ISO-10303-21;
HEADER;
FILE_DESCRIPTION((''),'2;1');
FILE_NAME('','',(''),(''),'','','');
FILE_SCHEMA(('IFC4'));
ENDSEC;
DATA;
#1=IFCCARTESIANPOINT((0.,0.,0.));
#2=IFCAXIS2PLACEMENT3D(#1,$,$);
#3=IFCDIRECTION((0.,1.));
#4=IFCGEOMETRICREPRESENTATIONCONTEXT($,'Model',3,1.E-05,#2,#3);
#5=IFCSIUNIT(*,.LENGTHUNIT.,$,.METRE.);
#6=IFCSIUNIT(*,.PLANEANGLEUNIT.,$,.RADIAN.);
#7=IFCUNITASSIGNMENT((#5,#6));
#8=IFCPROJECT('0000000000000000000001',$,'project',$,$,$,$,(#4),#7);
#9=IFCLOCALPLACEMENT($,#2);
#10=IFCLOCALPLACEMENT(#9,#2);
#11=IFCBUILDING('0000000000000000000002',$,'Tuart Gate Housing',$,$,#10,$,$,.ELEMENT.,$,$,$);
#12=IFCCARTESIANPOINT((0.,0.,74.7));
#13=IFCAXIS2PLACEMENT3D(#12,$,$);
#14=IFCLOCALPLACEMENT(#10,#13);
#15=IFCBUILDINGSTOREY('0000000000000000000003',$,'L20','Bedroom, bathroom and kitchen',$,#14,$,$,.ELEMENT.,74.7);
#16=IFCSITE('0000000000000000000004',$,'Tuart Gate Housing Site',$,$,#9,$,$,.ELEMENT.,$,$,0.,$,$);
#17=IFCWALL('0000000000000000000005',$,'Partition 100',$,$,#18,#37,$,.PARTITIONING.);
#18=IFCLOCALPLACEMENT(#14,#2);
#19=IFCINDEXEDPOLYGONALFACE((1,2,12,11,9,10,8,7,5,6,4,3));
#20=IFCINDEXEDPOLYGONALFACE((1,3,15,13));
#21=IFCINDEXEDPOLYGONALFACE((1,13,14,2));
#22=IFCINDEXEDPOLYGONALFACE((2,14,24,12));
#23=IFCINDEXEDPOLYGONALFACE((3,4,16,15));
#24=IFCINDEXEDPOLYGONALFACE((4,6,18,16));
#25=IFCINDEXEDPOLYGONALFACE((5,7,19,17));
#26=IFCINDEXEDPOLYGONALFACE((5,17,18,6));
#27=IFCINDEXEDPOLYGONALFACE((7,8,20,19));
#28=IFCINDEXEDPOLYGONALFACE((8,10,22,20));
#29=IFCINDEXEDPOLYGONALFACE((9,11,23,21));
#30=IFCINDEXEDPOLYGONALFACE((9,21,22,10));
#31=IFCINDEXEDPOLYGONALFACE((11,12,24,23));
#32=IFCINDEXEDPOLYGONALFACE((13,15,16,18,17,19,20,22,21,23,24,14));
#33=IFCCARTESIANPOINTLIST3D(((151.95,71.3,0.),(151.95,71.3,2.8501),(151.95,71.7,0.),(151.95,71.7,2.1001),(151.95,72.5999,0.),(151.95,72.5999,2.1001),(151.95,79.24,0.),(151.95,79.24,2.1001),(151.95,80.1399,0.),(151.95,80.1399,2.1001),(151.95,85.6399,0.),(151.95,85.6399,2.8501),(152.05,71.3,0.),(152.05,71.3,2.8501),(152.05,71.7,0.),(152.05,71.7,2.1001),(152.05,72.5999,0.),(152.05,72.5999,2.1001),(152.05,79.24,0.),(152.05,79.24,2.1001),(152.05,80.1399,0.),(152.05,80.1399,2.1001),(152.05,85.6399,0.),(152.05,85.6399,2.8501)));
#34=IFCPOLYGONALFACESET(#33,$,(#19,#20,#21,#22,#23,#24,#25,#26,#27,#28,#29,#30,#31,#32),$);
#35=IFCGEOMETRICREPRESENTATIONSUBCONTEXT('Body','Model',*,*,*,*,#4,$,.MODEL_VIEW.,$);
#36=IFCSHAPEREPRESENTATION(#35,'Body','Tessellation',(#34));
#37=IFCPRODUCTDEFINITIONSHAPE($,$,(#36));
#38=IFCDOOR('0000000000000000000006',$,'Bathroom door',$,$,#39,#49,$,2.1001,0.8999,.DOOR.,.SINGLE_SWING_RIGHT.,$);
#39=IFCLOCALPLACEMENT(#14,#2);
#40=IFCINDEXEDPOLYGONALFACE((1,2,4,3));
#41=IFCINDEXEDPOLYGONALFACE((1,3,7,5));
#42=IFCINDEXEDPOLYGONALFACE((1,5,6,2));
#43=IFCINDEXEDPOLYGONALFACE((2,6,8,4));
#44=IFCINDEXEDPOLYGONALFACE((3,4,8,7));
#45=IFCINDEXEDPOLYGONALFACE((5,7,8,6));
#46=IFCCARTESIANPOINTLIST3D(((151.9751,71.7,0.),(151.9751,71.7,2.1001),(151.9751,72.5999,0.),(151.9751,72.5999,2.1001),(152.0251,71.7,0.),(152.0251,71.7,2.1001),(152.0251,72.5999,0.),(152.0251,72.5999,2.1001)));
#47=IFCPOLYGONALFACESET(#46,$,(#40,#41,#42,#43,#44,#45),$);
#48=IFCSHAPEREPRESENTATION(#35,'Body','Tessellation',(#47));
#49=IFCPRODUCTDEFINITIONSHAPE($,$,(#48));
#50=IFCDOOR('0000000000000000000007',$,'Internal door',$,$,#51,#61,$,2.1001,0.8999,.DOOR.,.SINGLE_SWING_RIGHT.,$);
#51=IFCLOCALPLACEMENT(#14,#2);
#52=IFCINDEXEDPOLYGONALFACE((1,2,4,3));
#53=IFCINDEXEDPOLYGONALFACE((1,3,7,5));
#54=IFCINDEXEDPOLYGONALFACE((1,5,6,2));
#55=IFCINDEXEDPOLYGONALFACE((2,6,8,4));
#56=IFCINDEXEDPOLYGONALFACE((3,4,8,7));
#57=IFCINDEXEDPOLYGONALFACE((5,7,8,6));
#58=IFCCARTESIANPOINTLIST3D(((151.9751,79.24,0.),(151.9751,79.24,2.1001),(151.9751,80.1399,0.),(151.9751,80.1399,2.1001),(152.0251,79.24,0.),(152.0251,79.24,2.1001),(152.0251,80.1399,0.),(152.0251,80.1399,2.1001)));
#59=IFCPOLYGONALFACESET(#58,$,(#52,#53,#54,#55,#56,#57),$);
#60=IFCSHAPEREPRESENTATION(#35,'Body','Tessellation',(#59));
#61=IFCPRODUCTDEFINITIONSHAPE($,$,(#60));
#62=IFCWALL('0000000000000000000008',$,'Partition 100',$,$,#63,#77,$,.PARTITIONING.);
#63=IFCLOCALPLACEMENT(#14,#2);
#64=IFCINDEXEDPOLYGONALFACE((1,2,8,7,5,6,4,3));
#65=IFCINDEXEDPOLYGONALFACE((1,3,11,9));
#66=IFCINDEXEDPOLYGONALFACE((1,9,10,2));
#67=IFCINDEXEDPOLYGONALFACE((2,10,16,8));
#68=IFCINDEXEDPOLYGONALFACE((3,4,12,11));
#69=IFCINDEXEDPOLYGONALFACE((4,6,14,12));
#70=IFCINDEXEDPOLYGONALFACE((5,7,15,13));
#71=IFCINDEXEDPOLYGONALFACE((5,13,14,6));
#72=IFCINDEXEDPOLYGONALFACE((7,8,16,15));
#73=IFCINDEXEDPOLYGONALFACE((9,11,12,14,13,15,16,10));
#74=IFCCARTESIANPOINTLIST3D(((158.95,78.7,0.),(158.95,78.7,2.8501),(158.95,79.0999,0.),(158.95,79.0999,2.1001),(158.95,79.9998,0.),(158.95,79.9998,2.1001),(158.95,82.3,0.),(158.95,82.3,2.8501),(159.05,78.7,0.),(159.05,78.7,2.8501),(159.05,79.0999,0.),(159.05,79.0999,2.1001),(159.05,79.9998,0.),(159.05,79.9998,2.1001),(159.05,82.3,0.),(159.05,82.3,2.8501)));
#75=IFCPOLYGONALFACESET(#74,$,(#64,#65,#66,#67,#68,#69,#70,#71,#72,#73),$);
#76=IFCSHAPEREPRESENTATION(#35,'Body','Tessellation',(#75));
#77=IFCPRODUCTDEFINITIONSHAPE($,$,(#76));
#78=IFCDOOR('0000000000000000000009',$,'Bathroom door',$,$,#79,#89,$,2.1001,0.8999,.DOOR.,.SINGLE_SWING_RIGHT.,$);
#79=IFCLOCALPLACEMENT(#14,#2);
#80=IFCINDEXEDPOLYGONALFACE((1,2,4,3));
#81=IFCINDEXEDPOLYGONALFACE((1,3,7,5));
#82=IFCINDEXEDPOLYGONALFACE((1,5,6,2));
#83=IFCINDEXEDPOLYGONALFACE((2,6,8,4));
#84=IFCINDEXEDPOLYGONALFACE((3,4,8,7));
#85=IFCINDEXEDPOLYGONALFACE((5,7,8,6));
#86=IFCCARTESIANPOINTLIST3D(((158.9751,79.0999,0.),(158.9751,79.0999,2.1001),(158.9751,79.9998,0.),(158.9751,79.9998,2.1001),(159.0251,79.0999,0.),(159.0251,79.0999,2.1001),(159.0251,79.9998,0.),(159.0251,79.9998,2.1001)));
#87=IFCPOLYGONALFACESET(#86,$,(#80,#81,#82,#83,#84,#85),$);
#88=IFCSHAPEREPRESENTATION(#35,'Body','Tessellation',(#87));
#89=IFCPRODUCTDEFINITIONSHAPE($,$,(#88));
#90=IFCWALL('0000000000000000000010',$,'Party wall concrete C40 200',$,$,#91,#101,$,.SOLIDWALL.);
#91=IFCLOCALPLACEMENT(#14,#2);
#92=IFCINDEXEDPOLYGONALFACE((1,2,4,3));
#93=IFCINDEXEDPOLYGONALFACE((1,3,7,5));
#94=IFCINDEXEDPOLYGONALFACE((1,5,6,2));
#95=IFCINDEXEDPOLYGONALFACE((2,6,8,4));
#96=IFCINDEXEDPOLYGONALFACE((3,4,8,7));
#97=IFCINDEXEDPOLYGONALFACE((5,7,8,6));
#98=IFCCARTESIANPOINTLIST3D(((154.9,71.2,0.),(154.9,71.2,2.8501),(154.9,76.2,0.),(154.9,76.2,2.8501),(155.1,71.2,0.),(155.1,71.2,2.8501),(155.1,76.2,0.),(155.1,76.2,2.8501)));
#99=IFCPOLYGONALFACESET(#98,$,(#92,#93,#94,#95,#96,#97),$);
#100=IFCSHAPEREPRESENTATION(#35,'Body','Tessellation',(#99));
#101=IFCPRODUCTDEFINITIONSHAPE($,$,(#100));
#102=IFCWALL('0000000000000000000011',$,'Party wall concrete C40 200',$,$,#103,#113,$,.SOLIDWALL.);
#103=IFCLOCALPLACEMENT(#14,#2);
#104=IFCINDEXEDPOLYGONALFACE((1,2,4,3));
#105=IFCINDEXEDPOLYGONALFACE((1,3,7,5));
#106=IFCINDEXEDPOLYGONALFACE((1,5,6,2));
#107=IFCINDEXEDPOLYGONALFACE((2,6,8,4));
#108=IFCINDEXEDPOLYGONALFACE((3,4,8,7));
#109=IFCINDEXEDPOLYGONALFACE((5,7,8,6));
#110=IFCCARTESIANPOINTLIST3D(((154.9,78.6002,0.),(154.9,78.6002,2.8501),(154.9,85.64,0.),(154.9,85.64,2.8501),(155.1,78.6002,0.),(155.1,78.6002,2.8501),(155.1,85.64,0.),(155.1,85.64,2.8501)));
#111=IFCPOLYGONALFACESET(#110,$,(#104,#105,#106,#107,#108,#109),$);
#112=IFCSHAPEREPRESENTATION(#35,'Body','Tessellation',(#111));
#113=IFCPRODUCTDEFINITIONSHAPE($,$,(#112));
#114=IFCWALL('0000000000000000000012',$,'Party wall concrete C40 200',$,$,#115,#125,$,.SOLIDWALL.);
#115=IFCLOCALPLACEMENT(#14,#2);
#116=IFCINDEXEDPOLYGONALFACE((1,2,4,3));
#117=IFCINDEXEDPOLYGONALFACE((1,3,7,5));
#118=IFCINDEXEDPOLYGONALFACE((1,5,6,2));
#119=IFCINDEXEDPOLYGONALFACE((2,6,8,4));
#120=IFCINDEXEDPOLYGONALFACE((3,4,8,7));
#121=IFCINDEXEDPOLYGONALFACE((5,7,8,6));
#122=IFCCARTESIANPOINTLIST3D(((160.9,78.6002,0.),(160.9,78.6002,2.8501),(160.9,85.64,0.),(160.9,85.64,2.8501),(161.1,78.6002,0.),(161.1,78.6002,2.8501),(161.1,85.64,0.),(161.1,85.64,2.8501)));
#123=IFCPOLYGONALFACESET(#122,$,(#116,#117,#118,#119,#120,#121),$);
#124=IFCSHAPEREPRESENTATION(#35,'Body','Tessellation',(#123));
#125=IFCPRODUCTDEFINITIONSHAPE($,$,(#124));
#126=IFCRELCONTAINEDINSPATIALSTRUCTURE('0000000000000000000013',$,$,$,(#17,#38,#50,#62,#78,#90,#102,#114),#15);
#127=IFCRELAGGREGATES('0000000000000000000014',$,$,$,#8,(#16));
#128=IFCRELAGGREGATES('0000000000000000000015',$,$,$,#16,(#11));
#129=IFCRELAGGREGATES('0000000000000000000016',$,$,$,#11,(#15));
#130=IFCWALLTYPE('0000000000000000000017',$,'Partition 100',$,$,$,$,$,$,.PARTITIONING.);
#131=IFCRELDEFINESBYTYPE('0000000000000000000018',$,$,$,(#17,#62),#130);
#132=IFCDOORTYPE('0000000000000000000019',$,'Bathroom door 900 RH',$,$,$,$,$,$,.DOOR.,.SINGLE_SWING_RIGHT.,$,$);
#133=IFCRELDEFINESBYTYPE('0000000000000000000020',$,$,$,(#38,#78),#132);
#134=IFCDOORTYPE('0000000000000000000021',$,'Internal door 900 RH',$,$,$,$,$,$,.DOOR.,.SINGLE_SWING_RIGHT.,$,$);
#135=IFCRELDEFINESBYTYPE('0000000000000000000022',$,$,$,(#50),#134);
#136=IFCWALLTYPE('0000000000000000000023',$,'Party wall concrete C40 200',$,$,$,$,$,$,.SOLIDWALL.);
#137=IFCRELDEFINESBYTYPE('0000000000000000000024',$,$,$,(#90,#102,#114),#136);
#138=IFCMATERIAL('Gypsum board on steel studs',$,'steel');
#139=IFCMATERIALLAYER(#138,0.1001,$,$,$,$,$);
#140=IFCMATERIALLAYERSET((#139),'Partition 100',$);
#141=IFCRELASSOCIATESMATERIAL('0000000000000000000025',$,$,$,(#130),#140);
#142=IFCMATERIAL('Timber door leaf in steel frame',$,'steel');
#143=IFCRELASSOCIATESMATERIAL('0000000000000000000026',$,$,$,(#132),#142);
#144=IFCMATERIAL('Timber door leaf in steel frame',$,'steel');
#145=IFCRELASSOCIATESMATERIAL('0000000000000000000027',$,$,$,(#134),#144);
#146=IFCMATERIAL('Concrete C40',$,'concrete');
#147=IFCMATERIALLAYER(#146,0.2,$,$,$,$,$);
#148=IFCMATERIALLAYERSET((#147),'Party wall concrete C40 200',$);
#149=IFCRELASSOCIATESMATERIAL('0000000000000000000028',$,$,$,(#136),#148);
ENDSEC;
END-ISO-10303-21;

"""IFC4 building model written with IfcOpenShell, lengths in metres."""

from ifc_helpers import new_model, si_unit, direction, frame, frame_2d, origin, place, context, subcontext, project, spatial, rectangle, extrude, material, layer, layer_set, type_object, element, fill, save


model = new_model("IFC4")

# Units and contexts
model_context = context("Model", 3, precision=1e-05, world=origin(), true_north=direction((0.0, 1.0)))
body_context = subcontext(model_context, "Body", "Model", "MODEL_VIEW")
ifc_project = project(units=[si_unit("LENGTHUNIT", "METRE"), si_unit("PLANEANGLEUNIT", "RADIAN")], contexts=[model_context])

# Site, building, storey
site_placement = place(None, origin())
site = spatial("IfcSite", under=ifc_project, at=site_placement, Name="Tuart Gate Housing Site", CompositionType="ELEMENT", RefElevation=0.0)
building_placement = place(site_placement, origin())
building = spatial("IfcBuilding", under=site, at=building_placement, Name="Tuart Gate Housing", CompositionType="ELEMENT")
storey_placement = place(building_placement, frame((0.0, 0.0, 74.7)))
storey = spatial("IfcBuildingStorey", under=building, at=storey_placement, Name="L20", Description="Bedroom, bathroom and kitchen", CompositionType="ELEMENT", Elevation=74.7)

# Shared definitions
ifc_material_1 = material(Name="Gypsum board on steel studs", Category="steel")
ifc_layer_1 = layer(ifc_material_1, 0.1001)
ifc_layer_set_1 = layer_set([ifc_layer_1], Name="Partition 100")
wall_type_1 = type_object("IfcWallType", Name="Partition 100", PredefinedType="PARTITIONING", material=ifc_layer_set_1)

# Wall, openings, doors
wall_1_placement = place(storey_placement, frame((152.0, 71.3, 0.0), z_axis=(0.0, 0.0, 1.0), x_axis=(0.0, 1.0, 0.0)))
wall_1 = element("IfcWall", 1, at=wall_1_placement, inside=storey, type_object=wall_type_1, Name="Partition 100", PredefinedType="PARTITIONING", context=body_context, shape_type="SweptSolid", body=[
    extrude(rectangle(XDim=14.3398, YDim=0.1001, at=frame_2d((7.1699, 0.0))), origin(), (0.0, 0.0, 1.0), 2.8501),
])
opening_1_placement = place(wall_1_placement, frame((7.9399, 0.0, 0.0)))
opening_1 = element("IfcOpeningElement", 2, at=opening_1_placement, cuts=wall_1, PredefinedType="OPENING", context=body_context, shape_type="SweptSolid", body=[
    extrude(rectangle(XDim=0.8999, YDim=2.1001, at=frame_2d((0.45, 1.05))), frame((0.0, 0.0601, 0.0), z_axis=(0.0, -1.0, 0.0), x_axis=(1.0, 0.0, 0.0)), (0.0, 0.0, 1.0), 0.1201),
])
opening_2_placement = place(wall_1_placement, frame((0.3999, 0.0, 0.0)))
opening_2 = element("IfcOpeningElement", 3, at=opening_2_placement, cuts=wall_1, PredefinedType="OPENING", context=body_context, shape_type="SweptSolid", body=[
    extrude(rectangle(XDim=0.8999, YDim=2.1001, at=frame_2d((0.45, 1.05))), frame((0.0, 0.0601, 0.0), z_axis=(0.0, -1.0, 0.0), x_axis=(1.0, 0.0, 0.0)), (0.0, 0.0, 1.0), 0.1201),
])
ifc_material_2 = material(Name="Timber door leaf in steel frame", Category="steel")
door_type_1 = type_object("IfcDoorType", Name="Bathroom door 900 RH", OperationType="SINGLE_SWING_RIGHT", PredefinedType="DOOR", material=ifc_material_2)
door_1_placement = place(opening_2_placement, frame((0.8999, 0.0, 0.0), z_axis=(0.0, 0.0, 1.0), x_axis=(-1.0, 0.0, 0.0)))
door_1 = element("IfcDoor", 4, at=door_1_placement, inside=storey, type_object=door_type_1, Name="Bathroom door", OperationType="SINGLE_SWING_RIGHT", OverallHeight=2.1001, OverallWidth=0.8999, PredefinedType="DOOR", context=body_context, shape_type="SweptSolid", body=[
    extrude(rectangle(XDim=0.8999, YDim=2.1001, at=frame_2d((0.45, 1.05))), frame((0.0, 0.0251, 0.0), z_axis=(0.0, -1.0, 0.0), x_axis=(1.0, 0.0, 0.0)), (0.0, 0.0, 1.0), 0.05),
])
fill(opening_2, door_1)
ifc_material_3 = material(Name="Timber door leaf in steel frame", Category="steel")
door_type_2 = type_object("IfcDoorType", Name="Internal door 900 RH", OperationType="SINGLE_SWING_RIGHT", PredefinedType="DOOR", material=ifc_material_3)
door_2_placement = place(opening_1_placement, frame((0.8999, 0.0, 0.0), z_axis=(0.0, 0.0, 1.0), x_axis=(-1.0, 0.0, 0.0)))
door_2 = element("IfcDoor", 5, at=door_2_placement, inside=storey, type_object=door_type_2, Name="Internal door", OperationType="SINGLE_SWING_RIGHT", OverallHeight=2.1001, OverallWidth=0.8999, PredefinedType="DOOR", context=body_context, shape_type="SweptSolid", body=[
    extrude(rectangle(XDim=0.8999, YDim=2.1001, at=frame_2d((0.45, 1.05))), frame((0.0, 0.0251, 0.0), z_axis=(0.0, -1.0, 0.0), x_axis=(1.0, 0.0, 0.0)), (0.0, 0.0, 1.0), 0.05),
])
fill(opening_1, door_2)

# Wall, opening, door
wall_2_placement = place(storey_placement, frame((159.0, 78.7, 0.0), z_axis=(0.0, 0.0, 1.0), x_axis=(0.0, 1.0, 0.0)))
wall_2 = element("IfcWall", 6, at=wall_2_placement, inside=storey, type_object=wall_type_1, Name="Partition 100", PredefinedType="PARTITIONING", context=body_context, shape_type="SweptSolid", body=[
    extrude(rectangle(XDim=3.6001, YDim=0.1001, at=frame_2d((1.8, 0.0))), origin(), (0.0, 0.0, 1.0), 2.8501),
])
opening_3_placement = place(wall_2_placement, frame((0.3999, 0.0, 0.0)))
opening_3 = element("IfcOpeningElement", 7, at=opening_3_placement, cuts=wall_2, PredefinedType="OPENING", context=body_context, shape_type="SweptSolid", body=[
    extrude(rectangle(XDim=0.8999, YDim=2.1001, at=frame_2d((0.45, 1.05))), frame((0.0, 0.0601, 0.0), z_axis=(0.0, -1.0, 0.0), x_axis=(1.0, 0.0, 0.0)), (0.0, 0.0, 1.0), 0.1201),
])
door_3_placement = place(opening_3_placement, frame((0.8999, 0.0, 0.0), z_axis=(0.0, 0.0, 1.0), x_axis=(-1.0, 0.0, 0.0)))
door_3 = element("IfcDoor", 8, at=door_3_placement, inside=storey, type_object=door_type_1, Name="Bathroom door", OperationType="SINGLE_SWING_RIGHT", OverallHeight=2.1001, OverallWidth=0.8999, PredefinedType="DOOR", context=body_context, shape_type="SweptSolid", body=[
    extrude(rectangle(XDim=0.8999, YDim=2.1001, at=frame_2d((0.45, 1.05))), frame((0.0, 0.0251, 0.0), z_axis=(0.0, -1.0, 0.0), x_axis=(1.0, 0.0, 0.0)), (0.0, 0.0, 1.0), 0.05),
])
fill(opening_3, door_3)

# Walls
ifc_material_4 = material(Name="Concrete C40", Category="concrete")
ifc_layer_2 = layer(ifc_material_4, 0.2)
ifc_layer_set_2 = layer_set([ifc_layer_2], Name="Party wall concrete C40 200")
wall_type_2 = type_object("IfcWallType", Name="Party wall concrete C40 200", PredefinedType="SOLIDWALL", material=ifc_layer_set_2)
wall_3_placement = place(storey_placement, frame((155.0, 71.2, 0.0), z_axis=(0.0, 0.0, 1.0), x_axis=(0.0, 1.0, 0.0)))
element("IfcWall", 9, at=wall_3_placement, inside=storey, type_object=wall_type_2, Name="Party wall concrete C40 200", PredefinedType="SOLIDWALL", context=body_context, shape_type="SweptSolid", body=[
    extrude(rectangle(XDim=5.0, YDim=0.2, at=frame_2d((2.5, 0.0))), origin(), (0.0, 0.0, 1.0), 2.8501),
])
for number, where, z_axis, x_axis, name in (
    (10, (155.0, 78.6001, 0.0), (0.0, 0.0, 1.0), (0.0, 1.0, 0.0), "Party wall concrete C40 200"),
    (11, (161.0, 78.6001, 0.0), (0.0, 0.0, 1.0), (0.0, 1.0, 0.0), "Party wall concrete C40 200"),
):
    element("IfcWall", number, at=place(storey_placement, frame(where, z_axis=z_axis, x_axis=x_axis)), inside=storey, type_object=wall_type_2, Name=name, PredefinedType="SOLIDWALL", context=body_context, shape_type="SweptSolid", body=[
        extrude(rectangle(XDim=7.0398, YDim=0.2, at=frame_2d((3.52, 0.0))), origin(), (0.0, 0.0, 1.0), 2.8501),
    ])

save(model, "model.ifc")
